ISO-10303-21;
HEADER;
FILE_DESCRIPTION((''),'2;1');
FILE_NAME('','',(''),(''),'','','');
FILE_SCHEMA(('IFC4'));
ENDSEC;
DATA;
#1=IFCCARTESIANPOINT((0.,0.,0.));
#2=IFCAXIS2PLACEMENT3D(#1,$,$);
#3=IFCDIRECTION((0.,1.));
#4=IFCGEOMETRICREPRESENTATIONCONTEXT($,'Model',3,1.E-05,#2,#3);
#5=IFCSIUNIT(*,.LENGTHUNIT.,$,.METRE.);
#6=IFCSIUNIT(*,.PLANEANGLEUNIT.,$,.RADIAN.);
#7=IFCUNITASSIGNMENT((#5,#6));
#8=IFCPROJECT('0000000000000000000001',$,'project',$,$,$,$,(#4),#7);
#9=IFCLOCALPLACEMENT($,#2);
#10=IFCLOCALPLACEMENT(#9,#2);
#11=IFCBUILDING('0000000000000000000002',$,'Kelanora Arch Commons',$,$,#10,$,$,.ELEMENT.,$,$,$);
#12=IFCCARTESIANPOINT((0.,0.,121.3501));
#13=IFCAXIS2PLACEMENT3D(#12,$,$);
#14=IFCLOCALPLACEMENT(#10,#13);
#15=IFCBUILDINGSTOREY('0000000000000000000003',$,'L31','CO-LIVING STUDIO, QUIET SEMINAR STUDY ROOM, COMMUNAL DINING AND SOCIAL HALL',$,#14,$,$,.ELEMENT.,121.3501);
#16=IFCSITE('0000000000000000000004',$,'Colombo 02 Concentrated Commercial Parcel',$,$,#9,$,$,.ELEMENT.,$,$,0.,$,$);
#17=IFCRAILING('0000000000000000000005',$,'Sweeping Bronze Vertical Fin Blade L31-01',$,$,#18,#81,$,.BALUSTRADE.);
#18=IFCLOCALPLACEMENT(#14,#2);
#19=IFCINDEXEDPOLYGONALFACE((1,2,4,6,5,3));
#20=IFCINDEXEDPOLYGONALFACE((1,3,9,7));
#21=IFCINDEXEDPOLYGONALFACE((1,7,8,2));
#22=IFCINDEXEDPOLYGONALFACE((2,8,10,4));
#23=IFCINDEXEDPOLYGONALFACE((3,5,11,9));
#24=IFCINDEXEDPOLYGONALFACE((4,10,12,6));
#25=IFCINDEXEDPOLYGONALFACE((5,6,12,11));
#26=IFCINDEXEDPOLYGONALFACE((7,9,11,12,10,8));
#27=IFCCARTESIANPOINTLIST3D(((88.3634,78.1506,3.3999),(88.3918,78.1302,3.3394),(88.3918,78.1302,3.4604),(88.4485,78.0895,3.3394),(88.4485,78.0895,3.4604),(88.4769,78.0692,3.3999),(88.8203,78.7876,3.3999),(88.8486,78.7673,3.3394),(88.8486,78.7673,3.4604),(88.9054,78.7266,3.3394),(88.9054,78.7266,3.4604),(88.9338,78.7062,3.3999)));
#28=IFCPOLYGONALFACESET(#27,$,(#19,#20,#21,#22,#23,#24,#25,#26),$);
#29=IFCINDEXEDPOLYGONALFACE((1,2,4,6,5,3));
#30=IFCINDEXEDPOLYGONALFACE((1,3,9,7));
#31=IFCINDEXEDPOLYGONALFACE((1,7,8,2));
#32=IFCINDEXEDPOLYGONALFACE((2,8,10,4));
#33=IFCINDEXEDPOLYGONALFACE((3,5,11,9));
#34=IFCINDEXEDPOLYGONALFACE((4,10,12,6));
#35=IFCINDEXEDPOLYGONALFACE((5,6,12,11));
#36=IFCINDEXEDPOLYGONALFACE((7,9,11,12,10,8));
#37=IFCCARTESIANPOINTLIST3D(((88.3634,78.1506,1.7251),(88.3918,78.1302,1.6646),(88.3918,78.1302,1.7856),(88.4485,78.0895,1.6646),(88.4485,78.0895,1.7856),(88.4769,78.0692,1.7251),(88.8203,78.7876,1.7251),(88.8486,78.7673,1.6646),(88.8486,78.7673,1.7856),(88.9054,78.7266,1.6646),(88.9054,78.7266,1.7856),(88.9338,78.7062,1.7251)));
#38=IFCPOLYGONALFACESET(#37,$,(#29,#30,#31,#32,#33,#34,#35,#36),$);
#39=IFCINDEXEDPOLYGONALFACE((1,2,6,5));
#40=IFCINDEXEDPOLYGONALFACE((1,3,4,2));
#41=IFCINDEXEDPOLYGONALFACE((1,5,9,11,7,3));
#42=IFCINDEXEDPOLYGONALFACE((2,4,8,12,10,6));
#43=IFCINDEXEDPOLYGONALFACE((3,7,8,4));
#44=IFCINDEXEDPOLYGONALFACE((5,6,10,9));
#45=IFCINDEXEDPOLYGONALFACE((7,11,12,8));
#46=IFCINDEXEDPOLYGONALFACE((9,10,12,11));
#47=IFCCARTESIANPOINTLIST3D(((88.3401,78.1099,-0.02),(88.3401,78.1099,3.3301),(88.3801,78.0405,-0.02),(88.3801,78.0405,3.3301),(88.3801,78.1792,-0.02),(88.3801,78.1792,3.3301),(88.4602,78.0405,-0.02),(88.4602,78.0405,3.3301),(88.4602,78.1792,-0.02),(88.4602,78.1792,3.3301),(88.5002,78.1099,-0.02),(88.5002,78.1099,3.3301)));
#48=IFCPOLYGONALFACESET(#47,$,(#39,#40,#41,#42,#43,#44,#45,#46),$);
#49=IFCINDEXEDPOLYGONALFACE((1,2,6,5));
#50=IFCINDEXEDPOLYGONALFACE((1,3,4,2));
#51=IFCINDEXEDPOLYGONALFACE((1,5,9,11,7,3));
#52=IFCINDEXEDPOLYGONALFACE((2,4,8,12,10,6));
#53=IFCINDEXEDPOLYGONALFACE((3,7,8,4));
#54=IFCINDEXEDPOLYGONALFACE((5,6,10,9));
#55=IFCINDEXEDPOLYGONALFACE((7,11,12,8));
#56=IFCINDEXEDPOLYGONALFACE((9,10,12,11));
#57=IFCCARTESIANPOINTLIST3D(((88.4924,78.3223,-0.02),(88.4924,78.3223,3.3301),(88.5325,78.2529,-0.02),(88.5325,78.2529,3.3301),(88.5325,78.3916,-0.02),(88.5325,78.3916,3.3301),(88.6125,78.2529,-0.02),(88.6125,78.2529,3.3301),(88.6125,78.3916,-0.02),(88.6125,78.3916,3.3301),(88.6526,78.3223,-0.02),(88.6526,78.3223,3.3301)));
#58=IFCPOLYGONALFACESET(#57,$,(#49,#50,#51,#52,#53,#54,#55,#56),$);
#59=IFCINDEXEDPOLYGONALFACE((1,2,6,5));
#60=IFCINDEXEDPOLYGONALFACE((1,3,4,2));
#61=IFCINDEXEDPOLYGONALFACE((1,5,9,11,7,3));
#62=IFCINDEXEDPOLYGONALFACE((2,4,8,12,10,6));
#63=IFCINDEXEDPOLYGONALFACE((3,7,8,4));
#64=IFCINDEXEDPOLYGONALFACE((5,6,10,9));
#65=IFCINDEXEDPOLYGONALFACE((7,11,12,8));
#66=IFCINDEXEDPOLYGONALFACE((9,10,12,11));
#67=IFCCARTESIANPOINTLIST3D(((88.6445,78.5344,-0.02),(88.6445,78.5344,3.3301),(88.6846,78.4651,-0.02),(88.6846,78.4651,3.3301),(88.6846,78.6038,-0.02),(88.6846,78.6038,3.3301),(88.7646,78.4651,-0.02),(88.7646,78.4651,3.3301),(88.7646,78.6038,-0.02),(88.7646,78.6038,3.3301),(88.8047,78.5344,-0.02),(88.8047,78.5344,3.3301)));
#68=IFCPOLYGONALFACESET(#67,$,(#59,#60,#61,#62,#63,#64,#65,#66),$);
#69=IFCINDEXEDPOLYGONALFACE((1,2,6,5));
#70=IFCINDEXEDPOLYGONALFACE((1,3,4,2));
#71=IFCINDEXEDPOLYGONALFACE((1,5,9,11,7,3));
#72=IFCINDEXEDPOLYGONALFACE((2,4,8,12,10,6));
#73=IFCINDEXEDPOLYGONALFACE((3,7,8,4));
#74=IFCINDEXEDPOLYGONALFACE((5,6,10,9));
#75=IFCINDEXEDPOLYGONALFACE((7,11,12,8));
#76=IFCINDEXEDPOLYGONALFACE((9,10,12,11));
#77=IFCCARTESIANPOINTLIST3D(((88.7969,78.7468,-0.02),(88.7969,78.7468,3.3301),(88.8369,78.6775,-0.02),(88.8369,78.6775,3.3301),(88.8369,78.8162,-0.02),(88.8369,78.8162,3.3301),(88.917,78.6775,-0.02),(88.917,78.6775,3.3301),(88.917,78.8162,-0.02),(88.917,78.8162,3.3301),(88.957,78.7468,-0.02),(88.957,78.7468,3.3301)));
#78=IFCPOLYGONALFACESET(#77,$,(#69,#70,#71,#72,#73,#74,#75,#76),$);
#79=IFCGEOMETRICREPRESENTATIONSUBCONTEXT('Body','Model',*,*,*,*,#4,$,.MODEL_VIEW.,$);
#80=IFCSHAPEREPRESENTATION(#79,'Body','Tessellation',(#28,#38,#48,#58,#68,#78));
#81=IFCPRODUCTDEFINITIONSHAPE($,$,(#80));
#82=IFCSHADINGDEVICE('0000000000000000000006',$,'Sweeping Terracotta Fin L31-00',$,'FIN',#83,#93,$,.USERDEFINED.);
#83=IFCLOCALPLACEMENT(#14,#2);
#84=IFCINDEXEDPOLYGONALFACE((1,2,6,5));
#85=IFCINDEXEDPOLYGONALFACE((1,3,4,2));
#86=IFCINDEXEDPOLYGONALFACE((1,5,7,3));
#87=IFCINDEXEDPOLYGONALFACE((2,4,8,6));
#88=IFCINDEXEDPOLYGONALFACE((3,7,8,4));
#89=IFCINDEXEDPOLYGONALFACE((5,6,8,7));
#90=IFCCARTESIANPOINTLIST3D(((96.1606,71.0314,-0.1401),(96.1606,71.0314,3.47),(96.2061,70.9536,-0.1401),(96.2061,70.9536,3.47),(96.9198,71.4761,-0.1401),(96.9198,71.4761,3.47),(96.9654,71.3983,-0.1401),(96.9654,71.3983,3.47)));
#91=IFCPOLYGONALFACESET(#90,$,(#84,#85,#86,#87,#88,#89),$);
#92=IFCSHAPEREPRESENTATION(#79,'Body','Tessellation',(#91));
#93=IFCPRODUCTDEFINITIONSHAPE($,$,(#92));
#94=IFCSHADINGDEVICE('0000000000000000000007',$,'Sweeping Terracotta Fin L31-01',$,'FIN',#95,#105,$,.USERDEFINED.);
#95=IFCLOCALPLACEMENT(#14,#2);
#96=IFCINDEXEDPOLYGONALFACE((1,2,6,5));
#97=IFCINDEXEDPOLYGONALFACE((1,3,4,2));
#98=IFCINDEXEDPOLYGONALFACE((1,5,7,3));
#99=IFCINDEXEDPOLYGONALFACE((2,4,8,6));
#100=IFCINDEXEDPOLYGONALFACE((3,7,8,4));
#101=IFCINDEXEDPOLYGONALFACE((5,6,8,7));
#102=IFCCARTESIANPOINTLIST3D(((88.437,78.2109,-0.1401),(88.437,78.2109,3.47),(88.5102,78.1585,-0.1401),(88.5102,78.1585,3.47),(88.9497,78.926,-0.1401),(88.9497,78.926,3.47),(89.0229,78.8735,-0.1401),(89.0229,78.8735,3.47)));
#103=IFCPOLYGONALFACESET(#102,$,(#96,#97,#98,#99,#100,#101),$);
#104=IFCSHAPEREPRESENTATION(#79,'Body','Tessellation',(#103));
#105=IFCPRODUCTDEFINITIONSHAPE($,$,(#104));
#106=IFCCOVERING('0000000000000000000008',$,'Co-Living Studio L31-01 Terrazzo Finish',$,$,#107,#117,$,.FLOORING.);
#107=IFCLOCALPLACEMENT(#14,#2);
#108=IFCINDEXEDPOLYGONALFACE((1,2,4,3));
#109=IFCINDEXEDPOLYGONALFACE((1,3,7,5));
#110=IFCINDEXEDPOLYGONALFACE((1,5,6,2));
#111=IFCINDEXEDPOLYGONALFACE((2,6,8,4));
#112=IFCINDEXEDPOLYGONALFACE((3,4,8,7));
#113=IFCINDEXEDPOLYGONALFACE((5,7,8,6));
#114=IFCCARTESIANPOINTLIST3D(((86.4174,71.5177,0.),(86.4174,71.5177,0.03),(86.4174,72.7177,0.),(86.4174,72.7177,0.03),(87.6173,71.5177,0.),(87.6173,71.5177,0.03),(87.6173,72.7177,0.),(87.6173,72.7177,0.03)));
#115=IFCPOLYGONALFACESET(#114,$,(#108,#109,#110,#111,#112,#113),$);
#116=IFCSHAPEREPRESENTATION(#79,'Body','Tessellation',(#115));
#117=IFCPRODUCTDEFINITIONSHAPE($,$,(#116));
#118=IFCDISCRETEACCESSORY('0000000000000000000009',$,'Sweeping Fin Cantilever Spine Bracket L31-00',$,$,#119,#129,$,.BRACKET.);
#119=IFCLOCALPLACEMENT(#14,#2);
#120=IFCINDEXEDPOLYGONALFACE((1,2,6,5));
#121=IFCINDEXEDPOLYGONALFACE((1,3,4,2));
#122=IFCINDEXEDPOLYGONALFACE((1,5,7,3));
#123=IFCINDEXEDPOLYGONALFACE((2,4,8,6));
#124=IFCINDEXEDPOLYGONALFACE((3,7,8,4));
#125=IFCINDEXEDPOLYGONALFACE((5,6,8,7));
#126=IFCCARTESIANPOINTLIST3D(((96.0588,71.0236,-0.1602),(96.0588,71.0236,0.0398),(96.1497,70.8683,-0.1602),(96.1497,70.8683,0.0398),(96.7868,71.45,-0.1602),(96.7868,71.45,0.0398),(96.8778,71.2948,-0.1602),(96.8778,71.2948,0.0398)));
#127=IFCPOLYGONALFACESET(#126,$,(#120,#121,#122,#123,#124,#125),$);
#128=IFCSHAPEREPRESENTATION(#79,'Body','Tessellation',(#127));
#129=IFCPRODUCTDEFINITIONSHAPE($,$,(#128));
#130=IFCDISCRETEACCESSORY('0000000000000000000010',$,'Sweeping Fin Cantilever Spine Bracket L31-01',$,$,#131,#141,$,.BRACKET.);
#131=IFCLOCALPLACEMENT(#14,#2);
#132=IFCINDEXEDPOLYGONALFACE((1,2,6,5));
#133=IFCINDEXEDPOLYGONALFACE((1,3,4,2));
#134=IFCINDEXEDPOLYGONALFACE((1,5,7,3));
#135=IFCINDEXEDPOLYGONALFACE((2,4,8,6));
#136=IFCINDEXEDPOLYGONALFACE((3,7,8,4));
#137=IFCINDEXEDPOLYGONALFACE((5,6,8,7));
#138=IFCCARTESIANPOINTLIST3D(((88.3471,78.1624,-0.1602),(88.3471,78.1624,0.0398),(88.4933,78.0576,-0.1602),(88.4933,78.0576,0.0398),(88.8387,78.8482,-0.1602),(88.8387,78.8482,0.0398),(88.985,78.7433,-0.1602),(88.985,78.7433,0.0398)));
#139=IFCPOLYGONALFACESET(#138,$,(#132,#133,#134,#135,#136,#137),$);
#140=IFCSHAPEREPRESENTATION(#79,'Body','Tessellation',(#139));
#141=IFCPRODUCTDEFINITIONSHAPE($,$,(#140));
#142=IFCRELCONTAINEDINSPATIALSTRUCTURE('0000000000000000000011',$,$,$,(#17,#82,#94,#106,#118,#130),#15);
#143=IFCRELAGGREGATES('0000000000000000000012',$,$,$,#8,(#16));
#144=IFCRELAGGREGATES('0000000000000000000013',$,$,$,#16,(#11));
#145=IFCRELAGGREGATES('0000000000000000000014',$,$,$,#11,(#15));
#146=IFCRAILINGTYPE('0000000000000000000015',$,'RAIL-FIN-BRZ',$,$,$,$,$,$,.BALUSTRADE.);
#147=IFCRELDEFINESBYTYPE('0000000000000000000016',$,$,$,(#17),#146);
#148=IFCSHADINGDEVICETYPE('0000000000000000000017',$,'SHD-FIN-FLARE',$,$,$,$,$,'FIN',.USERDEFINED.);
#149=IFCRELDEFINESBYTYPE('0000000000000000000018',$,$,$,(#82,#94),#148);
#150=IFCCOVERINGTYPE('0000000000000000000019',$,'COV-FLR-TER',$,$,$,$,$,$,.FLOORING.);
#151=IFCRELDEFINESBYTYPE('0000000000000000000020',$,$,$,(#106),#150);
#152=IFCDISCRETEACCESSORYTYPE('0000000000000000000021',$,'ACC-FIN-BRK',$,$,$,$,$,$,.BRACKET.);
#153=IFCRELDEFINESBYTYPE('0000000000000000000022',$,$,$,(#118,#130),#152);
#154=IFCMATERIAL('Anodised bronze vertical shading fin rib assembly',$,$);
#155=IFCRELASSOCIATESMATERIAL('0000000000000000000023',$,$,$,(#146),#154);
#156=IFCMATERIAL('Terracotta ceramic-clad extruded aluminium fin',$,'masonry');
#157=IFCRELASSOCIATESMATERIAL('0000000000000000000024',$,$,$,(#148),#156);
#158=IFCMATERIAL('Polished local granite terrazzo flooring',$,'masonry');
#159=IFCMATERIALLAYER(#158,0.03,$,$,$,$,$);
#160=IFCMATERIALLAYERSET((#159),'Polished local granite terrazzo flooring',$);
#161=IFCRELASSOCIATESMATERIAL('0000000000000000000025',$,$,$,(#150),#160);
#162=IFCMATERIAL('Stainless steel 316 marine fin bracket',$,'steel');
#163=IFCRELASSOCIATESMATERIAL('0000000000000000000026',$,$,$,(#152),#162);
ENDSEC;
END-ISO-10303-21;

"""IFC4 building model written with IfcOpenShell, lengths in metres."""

from ifc_helpers import new_model, si_unit, direction, frame, origin, origin_2d, place, context, subcontext, project, spatial, polyline, rectangle, outline, extrude, source, transform, mapped, material, layer, layer_set, type_object, element, save


model = new_model("IFC4")

# Units and contexts
model_context = context("Model", 3, precision=1e-05, world=origin(), true_north=direction((0.0, 1.0)))
body_context = subcontext(model_context, "Body", "Model", "MODEL_VIEW")
ifc_project = project(units=[si_unit("LENGTHUNIT", "METRE"), si_unit("PLANEANGLEUNIT", "RADIAN")], contexts=[model_context])

# Site, building, storey
site_placement = place(None, origin())
site = spatial("IfcSite", under=ifc_project, at=site_placement, Name="Colombo 02 Concentrated Commercial Parcel", CompositionType="ELEMENT", RefElevation=0.0)
building_placement = place(site_placement, origin())
building = spatial("IfcBuilding", under=site, at=building_placement, Name="Kelanora Arch Commons", CompositionType="ELEMENT")
storey_placement = place(building_placement, frame((0.0, 0.0, 121.3501)))
storey = spatial("IfcBuildingStorey", under=building, at=storey_placement, Name="L31", Description="CO-LIVING STUDIO, QUIET SEMINAR STUDY ROOM, COMMUNAL DINING AND SOCIAL HALL", CompositionType="ELEMENT", Elevation=121.3501)

# Railing
ifc_material_1 = material(Name="Anodised bronze vertical shading fin rib assembly")
railing_type = type_object("IfcRailingType", Name="RAIL-FIN-BRZ", PredefinedType="BALUSTRADE", material=ifc_material_1)
railing_1_placement = place(storey_placement, frame((88.4202, 78.1099, -0.02)))
element("IfcRailing", 1, at=railing_1_placement, inside=storey, type_object=railing_type, Name="Sweeping Bronze Vertical Fin Blade L31-01", PredefinedType="BALUSTRADE", context=body_context, shape_type="SweptSolid", body=[
    extrude(outline(polyline([(0.0698, 0.0), (0.0349, 0.0605), (-0.0349, 0.0605), (-0.0698, 0.0), (-0.0349, -0.0605), (0.0349, -0.0605), (0.0698, 0.0)])), frame((0.0, 0.0, 3.4199), z_axis=(0.582769, 0.812638, 0.0), x_axis=(-0.812638, 0.582769, 0.0)), (0.0, 0.0, 1.0), 0.7839),
    extrude(outline(polyline([(0.0698, 0.0), (0.0349, 0.0605), (-0.0349, 0.0605), (-0.0698, 0.0), (-0.0349, -0.0605), (0.0349, -0.0605), (0.0698, 0.0)])), frame((0.0, 0.0, 1.7451), z_axis=(0.582769, 0.812638, 0.0), x_axis=(-0.812638, 0.582769, 0.0)), (0.0, 0.0, 1.0), 0.7839),
    extrude(outline(polyline([(0.0801, 0.0), (0.04, 0.0693), (-0.04, 0.0693), (-0.0801, 0.0), (-0.04, -0.0693), (0.04, -0.0693), (0.0801, 0.0)])), origin(), (0.0, 0.0, 1.0), 3.3501),
    extrude(outline(polyline([(0.0801, 0.0), (0.04, 0.0693), (-0.04, 0.0693), (-0.0801, 0.0), (-0.04, -0.0693), (0.04, -0.0693), (0.0801, 0.0)])), frame((0.1523, 0.2124, 0.0)), (0.0, 0.0, 1.0), 3.3501),
    extrude(outline(polyline([(0.0801, 0.0), (0.04, 0.0693), (-0.04, 0.0693), (-0.0801, 0.0), (-0.04, -0.0693), (0.04, -0.0693), (0.0801, 0.0)])), frame((0.3044, 0.4246, 0.0)), (0.0, 0.0, 1.0), 3.3501),
    extrude(outline(polyline([(0.0801, 0.0), (0.04, 0.0693), (-0.04, 0.0693), (-0.0801, 0.0), (-0.04, -0.0693), (0.04, -0.0693), (0.0801, 0.0)])), frame((0.4568, 0.637, 0.0)), (0.0, 0.0, 1.0), 3.3501),
])

# Shading devices
ifc_material_2 = material(Name="Terracotta ceramic-clad extruded aluminium fin", Category="masonry")
shading_device_type = type_object("IfcShadingDeviceType", Name="SHD-FIN-FLARE", ElementType="FIN", PredefinedType="USERDEFINED", material=ifc_material_2)
shared_shape_1 = source(origin(), body_context, "Body", "SweptSolid", [
    extrude(rectangle(XDim=0.8799, YDim=0.0901, at=origin_2d()), origin(), (0.0, 0.0, 1.0), 3.6101),
])
for number, where, z_axis, x_axis, name in (
    (2, (96.563, 71.2148, -0.1401), (0.0, 0.0, 1.0), (0.862867, 0.505431, 0.0), "Sweeping Terracotta Fin L31-00"),
    (3, (88.73, 78.5422, -0.1401), (0.0, 0.0, 1.0), (0.58269, 0.812694, 0.0), "Sweeping Terracotta Fin L31-01"),
):
    element("IfcShadingDevice", number, at=place(storey_placement, frame(where, z_axis=z_axis, x_axis=x_axis)), inside=storey, type_object=shading_device_type, Name=name, ObjectType="FIN", PredefinedType="USERDEFINED", context=body_context, shape_type="MappedRepresentation", body=[
        mapped(shared_shape_1, transform((0.0, 0.0, 0.0), scale=1.0)),
    ])

# Covering
ifc_material_3 = material(Name="Polished local granite terrazzo flooring", Category="masonry")
ifc_layer_1 = layer(ifc_material_3, 0.03)
ifc_layer_set_1 = layer_set([ifc_layer_1], Name="Polished local granite terrazzo flooring")
covering_type = type_object("IfcCoveringType", Name="COV-FLR-TER", PredefinedType="FLOORING", material=ifc_layer_set_1)
shared_shape_2 = source(origin(), body_context, "Body", "SweptSolid", [
    extrude(rectangle(XDim=1.2, YDim=1.2, at=origin_2d()), origin(), (0.0, 0.0, 1.0), 0.03),
])
covering_placement = place(storey_placement, frame((87.0173, 72.1177, 0.0), z_axis=(0.0, 0.0, 1.0), x_axis=(1.0, 0.0, 0.0)))
element("IfcCovering", 4, at=covering_placement, inside=storey, type_object=covering_type, Name="Co-Living Studio L31-01 Terrazzo Finish", PredefinedType="FLOORING", context=body_context, shape_type="MappedRepresentation", body=[
    mapped(shared_shape_2, transform((0.0, 0.0, 0.0), scale=1.0)),
])

# Discrete accessories
ifc_material_4 = material(Name="Stainless steel 316 marine fin bracket", Category="steel")
discrete_accessory_type = type_object("IfcDiscreteAccessoryType", Name="ACC-FIN-BRK", PredefinedType="BRACKET", material=ifc_material_4)
shared_shape_3 = source(origin(), body_context, "Body", "SweptSolid", [
    extrude(rectangle(XDim=0.8438, YDim=0.1799, at=origin_2d()), origin(), (0.0, 0.0, 1.0), 0.2),
])
for number, where, z_axis, x_axis, name in (
    (5, (96.4683, 71.1592, -0.1602), (0.0, 0.0, 1.0), (0.862867, 0.505431, 0.0), "Sweeping Fin Cantilever Spine Bracket L31-00"),
    (6, (88.666, 78.4529, -0.1602), (0.0, 0.0, 1.0), (0.58269, 0.812694, 0.0), "Sweeping Fin Cantilever Spine Bracket L31-01"),
):
    element("IfcDiscreteAccessory", number, at=place(storey_placement, frame(where, z_axis=z_axis, x_axis=x_axis)), inside=storey, type_object=discrete_accessory_type, Name=name, PredefinedType="BRACKET", context=body_context, shape_type="MappedRepresentation", body=[
        mapped(shared_shape_3, transform((0.0, 0.0, 0.0), scale=1.0)),
    ])

save(model, "model.ifc")
